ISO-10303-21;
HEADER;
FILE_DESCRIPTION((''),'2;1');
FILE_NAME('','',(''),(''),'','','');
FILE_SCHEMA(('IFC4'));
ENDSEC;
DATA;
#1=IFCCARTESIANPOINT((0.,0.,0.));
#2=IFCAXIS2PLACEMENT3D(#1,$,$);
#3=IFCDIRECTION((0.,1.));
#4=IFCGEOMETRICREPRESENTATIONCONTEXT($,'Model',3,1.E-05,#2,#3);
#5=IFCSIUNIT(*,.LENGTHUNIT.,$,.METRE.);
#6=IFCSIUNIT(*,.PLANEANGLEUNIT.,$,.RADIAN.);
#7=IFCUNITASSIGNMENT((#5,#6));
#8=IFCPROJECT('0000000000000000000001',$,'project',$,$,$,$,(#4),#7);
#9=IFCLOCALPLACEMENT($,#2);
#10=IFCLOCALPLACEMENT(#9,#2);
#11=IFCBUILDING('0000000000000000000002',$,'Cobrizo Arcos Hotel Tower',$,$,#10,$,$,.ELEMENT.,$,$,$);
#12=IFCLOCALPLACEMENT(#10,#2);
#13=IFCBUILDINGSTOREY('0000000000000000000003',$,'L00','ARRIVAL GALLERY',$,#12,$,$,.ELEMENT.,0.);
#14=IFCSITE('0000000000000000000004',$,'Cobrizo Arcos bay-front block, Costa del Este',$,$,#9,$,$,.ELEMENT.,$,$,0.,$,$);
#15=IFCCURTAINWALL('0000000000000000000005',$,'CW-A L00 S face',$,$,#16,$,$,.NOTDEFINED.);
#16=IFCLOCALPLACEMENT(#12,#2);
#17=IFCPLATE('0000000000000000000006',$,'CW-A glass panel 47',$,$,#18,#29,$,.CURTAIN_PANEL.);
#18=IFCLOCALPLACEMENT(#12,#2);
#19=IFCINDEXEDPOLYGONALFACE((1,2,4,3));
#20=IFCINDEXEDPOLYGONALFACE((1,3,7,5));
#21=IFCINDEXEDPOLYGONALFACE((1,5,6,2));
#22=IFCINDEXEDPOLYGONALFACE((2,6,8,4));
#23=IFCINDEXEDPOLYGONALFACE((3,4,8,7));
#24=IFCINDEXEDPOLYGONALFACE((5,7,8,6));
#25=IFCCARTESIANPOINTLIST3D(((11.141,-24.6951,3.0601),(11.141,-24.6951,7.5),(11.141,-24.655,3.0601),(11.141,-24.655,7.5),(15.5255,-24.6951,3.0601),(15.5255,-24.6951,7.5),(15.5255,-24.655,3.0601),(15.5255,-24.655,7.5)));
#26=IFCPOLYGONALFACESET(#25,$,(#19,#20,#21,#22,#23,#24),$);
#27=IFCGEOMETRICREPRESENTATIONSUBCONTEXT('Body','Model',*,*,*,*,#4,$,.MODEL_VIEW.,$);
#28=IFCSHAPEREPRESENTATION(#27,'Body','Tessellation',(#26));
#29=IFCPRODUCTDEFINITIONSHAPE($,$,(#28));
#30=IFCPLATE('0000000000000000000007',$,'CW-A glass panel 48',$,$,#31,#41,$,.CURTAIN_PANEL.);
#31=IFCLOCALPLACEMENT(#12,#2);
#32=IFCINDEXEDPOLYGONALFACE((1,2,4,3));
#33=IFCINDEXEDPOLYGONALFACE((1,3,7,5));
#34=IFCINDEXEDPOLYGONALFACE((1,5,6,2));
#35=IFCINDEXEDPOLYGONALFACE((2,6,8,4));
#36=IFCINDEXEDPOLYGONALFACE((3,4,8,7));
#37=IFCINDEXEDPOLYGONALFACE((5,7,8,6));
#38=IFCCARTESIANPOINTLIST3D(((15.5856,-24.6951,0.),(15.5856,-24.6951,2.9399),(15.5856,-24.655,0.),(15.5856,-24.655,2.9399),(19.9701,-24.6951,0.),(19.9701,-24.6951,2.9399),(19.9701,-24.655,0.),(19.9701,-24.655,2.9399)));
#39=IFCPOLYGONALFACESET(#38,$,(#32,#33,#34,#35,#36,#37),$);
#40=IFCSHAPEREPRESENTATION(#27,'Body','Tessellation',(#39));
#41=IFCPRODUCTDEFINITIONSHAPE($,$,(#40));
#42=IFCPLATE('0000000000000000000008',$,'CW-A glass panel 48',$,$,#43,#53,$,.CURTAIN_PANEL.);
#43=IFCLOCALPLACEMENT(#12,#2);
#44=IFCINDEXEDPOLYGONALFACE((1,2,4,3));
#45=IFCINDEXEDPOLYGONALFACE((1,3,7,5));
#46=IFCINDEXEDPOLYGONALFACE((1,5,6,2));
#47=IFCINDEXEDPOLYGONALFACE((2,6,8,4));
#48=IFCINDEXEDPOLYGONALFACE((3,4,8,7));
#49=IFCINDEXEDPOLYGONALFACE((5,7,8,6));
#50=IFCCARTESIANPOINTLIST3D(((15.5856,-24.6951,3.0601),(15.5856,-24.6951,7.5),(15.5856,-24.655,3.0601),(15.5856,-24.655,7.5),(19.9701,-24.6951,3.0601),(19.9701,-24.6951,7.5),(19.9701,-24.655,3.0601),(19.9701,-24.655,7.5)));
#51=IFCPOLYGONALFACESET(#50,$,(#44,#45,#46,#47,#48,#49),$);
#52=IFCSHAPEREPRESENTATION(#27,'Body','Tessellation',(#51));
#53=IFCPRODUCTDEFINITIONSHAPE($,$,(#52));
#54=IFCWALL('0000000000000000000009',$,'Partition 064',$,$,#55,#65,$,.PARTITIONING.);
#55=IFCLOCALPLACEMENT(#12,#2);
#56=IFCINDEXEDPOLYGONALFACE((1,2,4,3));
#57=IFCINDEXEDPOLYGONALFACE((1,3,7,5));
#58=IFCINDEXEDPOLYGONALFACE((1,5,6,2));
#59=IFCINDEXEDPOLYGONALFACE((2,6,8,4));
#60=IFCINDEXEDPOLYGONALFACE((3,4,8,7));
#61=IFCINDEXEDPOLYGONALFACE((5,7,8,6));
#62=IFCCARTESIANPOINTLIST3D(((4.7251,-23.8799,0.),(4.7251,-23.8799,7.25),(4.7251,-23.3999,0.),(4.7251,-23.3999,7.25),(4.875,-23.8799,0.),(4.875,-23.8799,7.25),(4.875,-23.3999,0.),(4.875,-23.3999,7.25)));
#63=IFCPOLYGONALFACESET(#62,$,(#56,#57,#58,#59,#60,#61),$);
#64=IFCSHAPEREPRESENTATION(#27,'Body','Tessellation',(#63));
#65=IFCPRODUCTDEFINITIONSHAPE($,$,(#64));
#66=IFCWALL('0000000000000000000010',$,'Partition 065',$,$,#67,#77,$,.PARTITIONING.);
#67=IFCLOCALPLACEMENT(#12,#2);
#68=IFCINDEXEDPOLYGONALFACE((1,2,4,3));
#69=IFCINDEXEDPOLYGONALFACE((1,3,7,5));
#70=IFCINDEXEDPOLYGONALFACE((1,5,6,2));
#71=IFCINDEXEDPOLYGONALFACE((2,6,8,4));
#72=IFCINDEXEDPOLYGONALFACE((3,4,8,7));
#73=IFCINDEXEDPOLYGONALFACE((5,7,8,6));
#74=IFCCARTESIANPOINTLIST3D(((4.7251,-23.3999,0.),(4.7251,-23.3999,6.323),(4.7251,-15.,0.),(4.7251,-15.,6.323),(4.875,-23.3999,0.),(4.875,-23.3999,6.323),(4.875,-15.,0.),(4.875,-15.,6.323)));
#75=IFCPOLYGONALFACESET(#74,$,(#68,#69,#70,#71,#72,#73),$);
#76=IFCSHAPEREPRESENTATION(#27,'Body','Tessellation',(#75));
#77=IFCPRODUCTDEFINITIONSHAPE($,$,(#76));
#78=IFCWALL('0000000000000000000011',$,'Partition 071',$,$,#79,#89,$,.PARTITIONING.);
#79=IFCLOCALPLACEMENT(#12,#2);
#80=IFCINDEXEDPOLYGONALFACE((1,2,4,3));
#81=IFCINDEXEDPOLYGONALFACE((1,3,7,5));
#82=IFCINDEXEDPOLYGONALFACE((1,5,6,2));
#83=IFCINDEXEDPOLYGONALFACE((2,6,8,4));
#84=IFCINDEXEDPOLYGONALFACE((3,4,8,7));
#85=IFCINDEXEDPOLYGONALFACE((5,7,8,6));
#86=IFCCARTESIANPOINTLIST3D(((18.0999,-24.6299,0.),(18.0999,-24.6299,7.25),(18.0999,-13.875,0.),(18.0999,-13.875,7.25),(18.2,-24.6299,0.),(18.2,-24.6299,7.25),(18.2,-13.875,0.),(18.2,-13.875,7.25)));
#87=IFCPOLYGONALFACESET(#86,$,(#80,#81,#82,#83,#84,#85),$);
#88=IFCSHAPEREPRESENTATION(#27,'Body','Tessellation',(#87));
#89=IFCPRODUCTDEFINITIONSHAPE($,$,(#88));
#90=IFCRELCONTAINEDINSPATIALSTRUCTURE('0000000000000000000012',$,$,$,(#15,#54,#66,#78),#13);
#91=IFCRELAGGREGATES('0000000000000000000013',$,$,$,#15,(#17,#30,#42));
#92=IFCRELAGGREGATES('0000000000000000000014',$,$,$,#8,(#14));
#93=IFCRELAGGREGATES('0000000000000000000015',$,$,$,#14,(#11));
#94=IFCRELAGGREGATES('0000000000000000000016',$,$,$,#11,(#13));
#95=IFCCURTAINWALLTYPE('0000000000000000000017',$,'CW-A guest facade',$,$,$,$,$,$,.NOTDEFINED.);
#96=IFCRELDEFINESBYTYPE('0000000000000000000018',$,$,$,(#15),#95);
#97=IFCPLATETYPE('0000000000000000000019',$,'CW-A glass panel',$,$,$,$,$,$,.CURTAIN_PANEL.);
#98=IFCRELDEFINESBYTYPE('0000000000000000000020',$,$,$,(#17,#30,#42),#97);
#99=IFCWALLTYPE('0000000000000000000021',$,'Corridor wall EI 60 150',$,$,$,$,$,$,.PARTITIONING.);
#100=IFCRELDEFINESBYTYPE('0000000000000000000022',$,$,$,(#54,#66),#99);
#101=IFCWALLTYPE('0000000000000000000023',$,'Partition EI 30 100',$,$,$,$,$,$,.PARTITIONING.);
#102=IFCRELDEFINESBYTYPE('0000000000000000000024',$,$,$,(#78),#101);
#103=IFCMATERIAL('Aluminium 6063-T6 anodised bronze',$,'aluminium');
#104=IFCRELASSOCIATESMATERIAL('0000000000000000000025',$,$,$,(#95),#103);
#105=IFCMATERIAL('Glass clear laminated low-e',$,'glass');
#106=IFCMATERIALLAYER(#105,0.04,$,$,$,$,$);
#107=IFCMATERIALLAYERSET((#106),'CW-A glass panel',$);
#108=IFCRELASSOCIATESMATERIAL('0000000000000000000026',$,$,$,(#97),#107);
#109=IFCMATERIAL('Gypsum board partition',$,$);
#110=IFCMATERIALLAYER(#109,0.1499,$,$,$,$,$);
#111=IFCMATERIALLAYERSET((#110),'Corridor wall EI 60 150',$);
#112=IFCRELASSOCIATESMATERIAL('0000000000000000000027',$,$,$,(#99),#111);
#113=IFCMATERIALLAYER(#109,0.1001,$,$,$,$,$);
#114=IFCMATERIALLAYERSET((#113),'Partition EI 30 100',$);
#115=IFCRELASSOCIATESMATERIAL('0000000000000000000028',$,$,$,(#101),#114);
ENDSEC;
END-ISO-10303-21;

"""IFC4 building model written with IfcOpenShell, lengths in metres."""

from ifc_helpers import new_model, si_unit, direction, frame, frame_2d, origin, origin_2d, place, context, subcontext, project, spatial, rectangle, extrude, material, layer, layer_set, type_object, element, aggregate, save


model = new_model("IFC4")

# Units and contexts
model_context = context("Model", 3, precision=1e-05, world=origin(), true_north=direction((0.0, 1.0)))
body_context = subcontext(model_context, "Body", "Model", "MODEL_VIEW")
ifc_project = project(units=[si_unit("LENGTHUNIT", "METRE"), si_unit("PLANEANGLEUNIT", "RADIAN")], contexts=[model_context])

# Site, building, storey
site_placement = place(None, origin())
site = spatial("IfcSite", under=ifc_project, at=site_placement, Name="Cobrizo Arcos bay-front block, Costa del Este", CompositionType="ELEMENT", RefElevation=0.0)
building_placement = place(site_placement, origin())
building = spatial("IfcBuilding", under=site, at=building_placement, Name="Cobrizo Arcos Hotel Tower", CompositionType="ELEMENT")
storey_placement = place(building_placement, origin())
storey = spatial("IfcBuildingStorey", under=building, at=storey_placement, Name="L00", Description="ARRIVAL GALLERY", CompositionType="ELEMENT", Elevation=0.0)

# Curtain wall
ifc_material_1 = material(Name="Aluminium 6063-T6 anodised bronze", Category="aluminium")
curtain_wall_type = type_object("IfcCurtainWallType", Name="CW-A guest facade", PredefinedType="NOTDEFINED", material=ifc_material_1)
curtain_wall_placement = place(storey_placement, origin())
curtain_wall = element("IfcCurtainWall", 1, at=curtain_wall_placement, inside=storey, type_object=curtain_wall_type, Name="CW-A L00 S face", PredefinedType="NOTDEFINED")

# Plates
ifc_material_2 = material(Name="Glass clear laminated low-e", Category="glass")
ifc_layer_1 = layer(ifc_material_2, 0.04)
ifc_layer_set_1 = layer_set([ifc_layer_1], Name="CW-A glass panel")
plate_type = type_object("IfcPlateType", Name="CW-A glass panel", PredefinedType="CURTAIN_PANEL", material=ifc_layer_set_1)
plate_1_placement = place(storey_placement, frame((13.3333, -24.675, 3.0601), z_axis=(0.0, 0.0, 1.0), x_axis=(1.0, 0.0, 0.0)))
plate_1 = element("IfcPlate", 2, at=plate_1_placement, type_object=plate_type, Name="CW-A glass panel 47", PredefinedType="CURTAIN_PANEL", context=body_context, shape_type="SweptSolid", body=[
    extrude(rectangle(XDim=4.3845, YDim=0.04, at=origin_2d()), origin(), (0.0, 0.0, 1.0), 4.4399),
])
plate_2_placement = place(storey_placement, frame((17.7778, -24.675, 0.0), z_axis=(0.0, 0.0, 1.0), x_axis=(1.0, 0.0, 0.0)))
plate_2 = element("IfcPlate", 3, at=plate_2_placement, type_object=plate_type, Name="CW-A glass panel 48", PredefinedType="CURTAIN_PANEL", context=body_context, shape_type="SweptSolid", body=[
    extrude(rectangle(XDim=4.3845, YDim=0.04, at=origin_2d()), origin(), (0.0, 0.0, 1.0), 2.9399),
])
plate_3_placement = place(storey_placement, frame((17.7778, -24.675, 3.0601), z_axis=(0.0, 0.0, 1.0), x_axis=(1.0, 0.0, 0.0)))
plate_3 = element("IfcPlate", 4, at=plate_3_placement, type_object=plate_type, Name="CW-A glass panel 48", PredefinedType="CURTAIN_PANEL", context=body_context, shape_type="SweptSolid", body=[
    extrude(rectangle(XDim=4.3845, YDim=0.04, at=origin_2d()), origin(), (0.0, 0.0, 1.0), 4.4399),
])
aggregate(curtain_wall, [plate_1, plate_2, plate_3])

# Walls
ifc_material_3 = material(Name="Gypsum board partition")
ifc_layer_2 = layer(ifc_material_3, 0.1499)
ifc_layer_set_2 = layer_set([ifc_layer_2], Name="Corridor wall EI 60 150")
wall_type_1 = type_object("IfcWallType", Name="Corridor wall EI 60 150", PredefinedType="PARTITIONING", material=ifc_layer_set_2)
wall_1_placement = place(storey_placement, frame((4.8, -23.8799, 0.0), z_axis=(0.0, 0.0, 1.0), x_axis=(0.0, 1.0, 0.0)))
element("IfcWall", 5, at=wall_1_placement, inside=storey, type_object=wall_type_1, Name="Partition 064", PredefinedType="PARTITIONING", context=body_context, shape_type="SweptSolid", body=[
    extrude(rectangle(XDim=0.48, YDim=0.1499, at=frame_2d((0.24, 0.0))), origin(), (0.0, 0.0, 1.0), 7.25),
])
wall_2_placement = place(storey_placement, frame((4.8, -23.3999, 0.0), z_axis=(0.0, 0.0, 1.0), x_axis=(0.0, 1.0, 0.0)))
element("IfcWall", 6, at=wall_2_placement, inside=storey, type_object=wall_type_1, Name="Partition 065", PredefinedType="PARTITIONING", context=body_context, shape_type="SweptSolid", body=[
    extrude(rectangle(XDim=8.3999, YDim=0.1499, at=frame_2d((4.2, 0.0))), origin(), (0.0, 0.0, 1.0), 6.323),
])
ifc_layer_3 = layer(ifc_material_3, 0.1001)
ifc_layer_set_3 = layer_set([ifc_layer_3], Name="Partition EI 30 100")
wall_type_2 = type_object("IfcWallType", Name="Partition EI 30 100", PredefinedType="PARTITIONING", material=ifc_layer_set_3)
wall_3_placement = place(storey_placement, frame((18.1499, -24.6299, 0.0), z_axis=(0.0, 0.0, 1.0), x_axis=(0.0, 1.0, 0.0)))
element("IfcWall", 7, at=wall_3_placement, inside=storey, type_object=wall_type_2, Name="Partition 071", PredefinedType="PARTITIONING", context=body_context, shape_type="SweptSolid", body=[
    extrude(rectangle(XDim=10.7549, YDim=0.1001, at=frame_2d((5.3774, 0.0))), origin(), (0.0, 0.0, 1.0), 7.25),
])

save(model, "model.ifc")
